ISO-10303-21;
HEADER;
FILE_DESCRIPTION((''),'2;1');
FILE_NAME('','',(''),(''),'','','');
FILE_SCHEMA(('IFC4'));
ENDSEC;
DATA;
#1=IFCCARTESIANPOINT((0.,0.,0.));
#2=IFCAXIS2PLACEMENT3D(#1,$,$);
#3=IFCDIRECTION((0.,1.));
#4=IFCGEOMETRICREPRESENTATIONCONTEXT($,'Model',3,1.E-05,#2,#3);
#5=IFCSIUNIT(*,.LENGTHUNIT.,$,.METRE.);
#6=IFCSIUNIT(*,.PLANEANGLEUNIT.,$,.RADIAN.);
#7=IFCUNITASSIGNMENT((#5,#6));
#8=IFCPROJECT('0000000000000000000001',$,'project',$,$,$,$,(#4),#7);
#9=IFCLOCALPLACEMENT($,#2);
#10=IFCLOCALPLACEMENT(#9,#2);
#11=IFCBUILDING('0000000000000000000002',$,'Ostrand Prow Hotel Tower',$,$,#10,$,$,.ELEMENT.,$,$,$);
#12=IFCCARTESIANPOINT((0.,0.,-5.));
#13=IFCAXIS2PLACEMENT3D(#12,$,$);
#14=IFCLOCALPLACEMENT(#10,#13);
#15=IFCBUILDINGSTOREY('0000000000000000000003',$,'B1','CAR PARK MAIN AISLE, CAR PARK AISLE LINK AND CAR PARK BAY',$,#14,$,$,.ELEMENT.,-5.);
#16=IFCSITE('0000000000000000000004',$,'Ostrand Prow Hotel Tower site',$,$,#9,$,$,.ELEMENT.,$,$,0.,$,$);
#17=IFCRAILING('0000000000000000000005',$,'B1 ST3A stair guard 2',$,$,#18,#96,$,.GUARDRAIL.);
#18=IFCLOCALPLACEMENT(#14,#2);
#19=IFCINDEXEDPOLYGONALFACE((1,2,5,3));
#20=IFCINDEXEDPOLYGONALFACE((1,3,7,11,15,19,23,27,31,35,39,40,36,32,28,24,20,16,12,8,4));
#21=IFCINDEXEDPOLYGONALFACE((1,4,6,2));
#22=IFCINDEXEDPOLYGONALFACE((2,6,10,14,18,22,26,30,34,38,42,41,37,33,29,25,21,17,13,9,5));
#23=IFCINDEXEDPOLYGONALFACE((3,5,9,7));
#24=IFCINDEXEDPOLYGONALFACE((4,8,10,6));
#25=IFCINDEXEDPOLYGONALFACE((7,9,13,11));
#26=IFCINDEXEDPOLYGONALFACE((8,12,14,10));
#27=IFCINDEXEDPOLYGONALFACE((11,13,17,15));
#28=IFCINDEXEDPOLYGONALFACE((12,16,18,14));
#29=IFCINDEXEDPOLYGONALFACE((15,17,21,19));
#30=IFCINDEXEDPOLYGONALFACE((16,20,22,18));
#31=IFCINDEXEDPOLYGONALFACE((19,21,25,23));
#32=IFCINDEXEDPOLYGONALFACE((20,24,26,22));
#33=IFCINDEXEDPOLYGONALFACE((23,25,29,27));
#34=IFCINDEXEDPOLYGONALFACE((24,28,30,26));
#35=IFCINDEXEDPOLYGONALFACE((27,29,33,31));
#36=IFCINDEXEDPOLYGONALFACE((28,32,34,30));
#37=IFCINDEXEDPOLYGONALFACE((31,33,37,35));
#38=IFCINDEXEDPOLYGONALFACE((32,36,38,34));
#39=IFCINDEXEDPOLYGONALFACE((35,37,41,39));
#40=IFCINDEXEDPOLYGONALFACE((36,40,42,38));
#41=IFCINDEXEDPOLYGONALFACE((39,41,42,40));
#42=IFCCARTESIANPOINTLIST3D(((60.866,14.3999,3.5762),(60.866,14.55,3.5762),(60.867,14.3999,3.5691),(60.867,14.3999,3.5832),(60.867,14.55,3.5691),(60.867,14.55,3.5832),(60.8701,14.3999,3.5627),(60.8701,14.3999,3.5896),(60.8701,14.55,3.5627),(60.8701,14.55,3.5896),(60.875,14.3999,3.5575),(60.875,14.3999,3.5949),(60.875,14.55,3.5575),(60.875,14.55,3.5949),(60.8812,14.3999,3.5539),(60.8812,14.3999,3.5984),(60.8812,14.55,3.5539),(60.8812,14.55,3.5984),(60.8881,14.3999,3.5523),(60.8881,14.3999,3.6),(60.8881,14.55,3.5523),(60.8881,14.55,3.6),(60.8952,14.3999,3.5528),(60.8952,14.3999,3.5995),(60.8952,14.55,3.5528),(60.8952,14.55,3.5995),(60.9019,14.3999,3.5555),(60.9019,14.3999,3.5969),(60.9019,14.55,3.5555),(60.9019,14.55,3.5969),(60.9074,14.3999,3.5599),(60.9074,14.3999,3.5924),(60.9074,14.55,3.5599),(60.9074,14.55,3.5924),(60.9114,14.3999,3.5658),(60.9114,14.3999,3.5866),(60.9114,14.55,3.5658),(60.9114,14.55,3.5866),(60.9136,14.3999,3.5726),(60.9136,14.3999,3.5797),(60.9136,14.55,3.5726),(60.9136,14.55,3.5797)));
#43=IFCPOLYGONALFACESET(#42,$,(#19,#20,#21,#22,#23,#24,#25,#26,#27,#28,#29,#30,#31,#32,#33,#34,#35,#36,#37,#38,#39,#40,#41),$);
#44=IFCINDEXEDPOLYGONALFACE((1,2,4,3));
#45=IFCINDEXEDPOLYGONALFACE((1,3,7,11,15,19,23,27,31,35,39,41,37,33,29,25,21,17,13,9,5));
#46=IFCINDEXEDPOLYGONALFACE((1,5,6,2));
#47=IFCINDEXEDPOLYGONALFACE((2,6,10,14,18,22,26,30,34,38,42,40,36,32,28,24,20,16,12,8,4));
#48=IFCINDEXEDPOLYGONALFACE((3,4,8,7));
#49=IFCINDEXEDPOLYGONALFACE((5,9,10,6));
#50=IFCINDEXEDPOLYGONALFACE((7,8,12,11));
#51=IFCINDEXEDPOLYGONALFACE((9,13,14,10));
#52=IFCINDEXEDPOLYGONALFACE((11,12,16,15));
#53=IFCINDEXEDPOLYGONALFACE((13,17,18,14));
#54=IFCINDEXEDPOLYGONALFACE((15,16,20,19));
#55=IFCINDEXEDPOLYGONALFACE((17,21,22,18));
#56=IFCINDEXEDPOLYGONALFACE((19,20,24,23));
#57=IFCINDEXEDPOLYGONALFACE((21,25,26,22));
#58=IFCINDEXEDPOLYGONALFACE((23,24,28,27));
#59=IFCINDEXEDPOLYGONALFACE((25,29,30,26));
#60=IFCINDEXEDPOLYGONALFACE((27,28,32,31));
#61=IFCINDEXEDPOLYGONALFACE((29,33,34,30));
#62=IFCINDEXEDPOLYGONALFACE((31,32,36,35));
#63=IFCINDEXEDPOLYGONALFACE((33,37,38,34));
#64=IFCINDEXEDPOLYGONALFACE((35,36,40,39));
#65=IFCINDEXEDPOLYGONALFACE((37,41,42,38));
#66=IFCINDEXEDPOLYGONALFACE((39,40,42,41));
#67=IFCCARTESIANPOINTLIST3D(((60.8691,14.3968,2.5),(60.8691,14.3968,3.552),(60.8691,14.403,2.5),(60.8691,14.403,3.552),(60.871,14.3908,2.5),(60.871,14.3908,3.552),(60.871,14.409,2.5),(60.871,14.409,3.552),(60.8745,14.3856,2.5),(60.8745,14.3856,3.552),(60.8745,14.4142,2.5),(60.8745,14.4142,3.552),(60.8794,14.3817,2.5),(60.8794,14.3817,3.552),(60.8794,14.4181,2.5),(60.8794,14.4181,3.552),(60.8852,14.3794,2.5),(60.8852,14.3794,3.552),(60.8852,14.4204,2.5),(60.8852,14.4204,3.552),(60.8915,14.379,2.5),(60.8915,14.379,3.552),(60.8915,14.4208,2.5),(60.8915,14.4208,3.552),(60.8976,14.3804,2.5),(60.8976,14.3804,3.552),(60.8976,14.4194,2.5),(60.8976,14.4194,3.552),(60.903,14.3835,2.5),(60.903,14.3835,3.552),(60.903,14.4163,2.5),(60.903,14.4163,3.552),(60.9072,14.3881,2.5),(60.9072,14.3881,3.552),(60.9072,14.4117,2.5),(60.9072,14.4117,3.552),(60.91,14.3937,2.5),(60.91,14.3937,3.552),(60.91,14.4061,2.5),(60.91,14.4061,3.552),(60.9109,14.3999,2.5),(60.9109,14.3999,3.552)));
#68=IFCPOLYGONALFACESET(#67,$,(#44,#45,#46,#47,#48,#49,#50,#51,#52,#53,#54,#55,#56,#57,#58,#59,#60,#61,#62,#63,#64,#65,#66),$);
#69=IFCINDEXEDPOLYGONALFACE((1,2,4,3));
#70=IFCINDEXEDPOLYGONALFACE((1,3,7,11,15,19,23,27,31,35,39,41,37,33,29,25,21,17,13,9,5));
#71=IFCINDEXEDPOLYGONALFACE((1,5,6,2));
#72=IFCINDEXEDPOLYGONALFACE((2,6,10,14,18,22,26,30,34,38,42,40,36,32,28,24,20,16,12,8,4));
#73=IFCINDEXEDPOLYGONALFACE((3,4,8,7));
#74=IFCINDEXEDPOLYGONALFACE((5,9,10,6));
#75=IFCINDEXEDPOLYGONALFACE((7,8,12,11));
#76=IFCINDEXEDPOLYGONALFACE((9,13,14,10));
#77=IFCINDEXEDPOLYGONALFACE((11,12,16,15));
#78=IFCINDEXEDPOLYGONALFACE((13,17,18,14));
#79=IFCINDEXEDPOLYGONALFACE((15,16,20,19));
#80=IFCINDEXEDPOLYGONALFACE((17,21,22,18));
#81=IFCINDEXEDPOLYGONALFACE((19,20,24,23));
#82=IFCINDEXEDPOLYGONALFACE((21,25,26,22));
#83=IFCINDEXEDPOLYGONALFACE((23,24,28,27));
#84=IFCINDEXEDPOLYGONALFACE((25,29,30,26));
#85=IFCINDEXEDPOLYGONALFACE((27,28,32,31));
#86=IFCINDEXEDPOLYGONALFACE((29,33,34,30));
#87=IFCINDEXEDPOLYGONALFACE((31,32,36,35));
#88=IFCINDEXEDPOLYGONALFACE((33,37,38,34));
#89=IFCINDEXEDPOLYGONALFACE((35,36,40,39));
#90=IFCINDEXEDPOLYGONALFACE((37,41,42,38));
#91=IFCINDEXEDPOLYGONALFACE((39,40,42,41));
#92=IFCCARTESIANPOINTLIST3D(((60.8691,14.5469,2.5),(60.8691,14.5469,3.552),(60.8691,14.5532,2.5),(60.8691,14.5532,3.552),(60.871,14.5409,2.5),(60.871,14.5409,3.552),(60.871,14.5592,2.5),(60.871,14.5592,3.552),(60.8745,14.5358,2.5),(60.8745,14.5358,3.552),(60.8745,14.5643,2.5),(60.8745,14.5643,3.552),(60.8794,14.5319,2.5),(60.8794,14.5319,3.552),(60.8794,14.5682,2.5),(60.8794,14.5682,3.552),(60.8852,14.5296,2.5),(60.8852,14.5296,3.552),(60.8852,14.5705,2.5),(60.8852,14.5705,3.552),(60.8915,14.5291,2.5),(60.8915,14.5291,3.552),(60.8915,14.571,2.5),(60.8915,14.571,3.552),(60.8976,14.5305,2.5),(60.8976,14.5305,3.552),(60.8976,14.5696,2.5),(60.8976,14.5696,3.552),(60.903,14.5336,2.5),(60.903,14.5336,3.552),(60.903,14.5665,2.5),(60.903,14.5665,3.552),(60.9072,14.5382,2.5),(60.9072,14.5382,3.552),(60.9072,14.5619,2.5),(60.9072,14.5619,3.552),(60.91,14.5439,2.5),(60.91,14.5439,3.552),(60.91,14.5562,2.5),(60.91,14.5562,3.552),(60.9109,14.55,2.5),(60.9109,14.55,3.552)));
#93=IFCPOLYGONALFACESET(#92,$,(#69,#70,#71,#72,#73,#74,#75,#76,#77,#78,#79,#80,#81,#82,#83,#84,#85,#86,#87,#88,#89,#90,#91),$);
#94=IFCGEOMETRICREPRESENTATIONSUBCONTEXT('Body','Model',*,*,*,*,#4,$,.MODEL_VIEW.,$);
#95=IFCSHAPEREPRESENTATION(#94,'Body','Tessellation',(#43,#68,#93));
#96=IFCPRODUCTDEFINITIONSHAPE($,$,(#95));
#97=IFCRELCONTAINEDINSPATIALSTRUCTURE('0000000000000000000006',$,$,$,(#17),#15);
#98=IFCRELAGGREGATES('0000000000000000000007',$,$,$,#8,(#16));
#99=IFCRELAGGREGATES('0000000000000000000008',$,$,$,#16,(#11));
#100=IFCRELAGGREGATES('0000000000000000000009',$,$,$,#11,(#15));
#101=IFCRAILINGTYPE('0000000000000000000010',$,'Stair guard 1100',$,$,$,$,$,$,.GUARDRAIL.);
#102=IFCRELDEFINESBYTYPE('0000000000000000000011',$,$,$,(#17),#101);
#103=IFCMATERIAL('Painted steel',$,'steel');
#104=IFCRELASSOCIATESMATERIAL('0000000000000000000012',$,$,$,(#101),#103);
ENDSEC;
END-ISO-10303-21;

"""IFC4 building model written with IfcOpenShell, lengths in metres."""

from ifc_helpers import new_model, si_unit, direction, frame, origin, origin_2d, place, context, subcontext, project, spatial, circle, extrude, material, type_object, element, save


model = new_model("IFC4")

# Units and contexts
model_context = context("Model", 3, precision=1e-05, world=origin(), true_north=direction((0.0, 1.0)))
body_context = subcontext(model_context, "Body", "Model", "MODEL_VIEW")
ifc_project = project(units=[si_unit("LENGTHUNIT", "METRE"), si_unit("PLANEANGLEUNIT", "RADIAN")], contexts=[model_context])

# Site, building, storey
site_placement = place(None, origin())
site = spatial("IfcSite", under=ifc_project, at=site_placement, Name="Ostrand Prow Hotel Tower site", CompositionType="ELEMENT", RefElevation=0.0)
building_placement = place(site_placement, origin())
building = spatial("IfcBuilding", under=site, at=building_placement, Name="Ostrand Prow Hotel Tower", CompositionType="ELEMENT")
storey_placement = place(building_placement, frame((0.0, 0.0, -5.0)))
storey = spatial("IfcBuildingStorey", under=building, at=storey_placement, Name="B1", Description="CAR PARK MAIN AISLE, CAR PARK AISLE LINK AND CAR PARK BAY", CompositionType="ELEMENT", Elevation=-5.0)

# Railing
ifc_material_1 = material(Name="Painted steel", Category="steel")
railing_type_1 = type_object("IfcRailingType", Name="Stair guard 1100", PredefinedType="GUARDRAIL", material=ifc_material_1)
railing_1_placement = place(storey_placement, frame((60.8899, 14.3999, 2.5)))
element("IfcRailing", 1, at=railing_1_placement, inside=storey, type_object=railing_type_1, Name="B1 ST3A stair guard 2", PredefinedType="GUARDRAIL", context=body_context, shape_type="SweptSolid", body=[
    extrude(circle(Radius=0.0239, at=origin_2d()), frame((0.0, 0.0, 1.0762), z_axis=(0.0, 1.0, 0.0), x_axis=(-1.0, 0.0, 0.0)), (0.0, 0.0, 1.0), 0.1501),
    extrude(circle(Radius=0.021, at=origin_2d()), origin(), (0.0, 0.0, 1.0), 1.052),
    extrude(circle(Radius=0.021, at=origin_2d()), frame((0.0, 0.1501, 0.0)), (0.0, 0.0, 1.0), 1.052),
])

save(model, "model.ifc")
